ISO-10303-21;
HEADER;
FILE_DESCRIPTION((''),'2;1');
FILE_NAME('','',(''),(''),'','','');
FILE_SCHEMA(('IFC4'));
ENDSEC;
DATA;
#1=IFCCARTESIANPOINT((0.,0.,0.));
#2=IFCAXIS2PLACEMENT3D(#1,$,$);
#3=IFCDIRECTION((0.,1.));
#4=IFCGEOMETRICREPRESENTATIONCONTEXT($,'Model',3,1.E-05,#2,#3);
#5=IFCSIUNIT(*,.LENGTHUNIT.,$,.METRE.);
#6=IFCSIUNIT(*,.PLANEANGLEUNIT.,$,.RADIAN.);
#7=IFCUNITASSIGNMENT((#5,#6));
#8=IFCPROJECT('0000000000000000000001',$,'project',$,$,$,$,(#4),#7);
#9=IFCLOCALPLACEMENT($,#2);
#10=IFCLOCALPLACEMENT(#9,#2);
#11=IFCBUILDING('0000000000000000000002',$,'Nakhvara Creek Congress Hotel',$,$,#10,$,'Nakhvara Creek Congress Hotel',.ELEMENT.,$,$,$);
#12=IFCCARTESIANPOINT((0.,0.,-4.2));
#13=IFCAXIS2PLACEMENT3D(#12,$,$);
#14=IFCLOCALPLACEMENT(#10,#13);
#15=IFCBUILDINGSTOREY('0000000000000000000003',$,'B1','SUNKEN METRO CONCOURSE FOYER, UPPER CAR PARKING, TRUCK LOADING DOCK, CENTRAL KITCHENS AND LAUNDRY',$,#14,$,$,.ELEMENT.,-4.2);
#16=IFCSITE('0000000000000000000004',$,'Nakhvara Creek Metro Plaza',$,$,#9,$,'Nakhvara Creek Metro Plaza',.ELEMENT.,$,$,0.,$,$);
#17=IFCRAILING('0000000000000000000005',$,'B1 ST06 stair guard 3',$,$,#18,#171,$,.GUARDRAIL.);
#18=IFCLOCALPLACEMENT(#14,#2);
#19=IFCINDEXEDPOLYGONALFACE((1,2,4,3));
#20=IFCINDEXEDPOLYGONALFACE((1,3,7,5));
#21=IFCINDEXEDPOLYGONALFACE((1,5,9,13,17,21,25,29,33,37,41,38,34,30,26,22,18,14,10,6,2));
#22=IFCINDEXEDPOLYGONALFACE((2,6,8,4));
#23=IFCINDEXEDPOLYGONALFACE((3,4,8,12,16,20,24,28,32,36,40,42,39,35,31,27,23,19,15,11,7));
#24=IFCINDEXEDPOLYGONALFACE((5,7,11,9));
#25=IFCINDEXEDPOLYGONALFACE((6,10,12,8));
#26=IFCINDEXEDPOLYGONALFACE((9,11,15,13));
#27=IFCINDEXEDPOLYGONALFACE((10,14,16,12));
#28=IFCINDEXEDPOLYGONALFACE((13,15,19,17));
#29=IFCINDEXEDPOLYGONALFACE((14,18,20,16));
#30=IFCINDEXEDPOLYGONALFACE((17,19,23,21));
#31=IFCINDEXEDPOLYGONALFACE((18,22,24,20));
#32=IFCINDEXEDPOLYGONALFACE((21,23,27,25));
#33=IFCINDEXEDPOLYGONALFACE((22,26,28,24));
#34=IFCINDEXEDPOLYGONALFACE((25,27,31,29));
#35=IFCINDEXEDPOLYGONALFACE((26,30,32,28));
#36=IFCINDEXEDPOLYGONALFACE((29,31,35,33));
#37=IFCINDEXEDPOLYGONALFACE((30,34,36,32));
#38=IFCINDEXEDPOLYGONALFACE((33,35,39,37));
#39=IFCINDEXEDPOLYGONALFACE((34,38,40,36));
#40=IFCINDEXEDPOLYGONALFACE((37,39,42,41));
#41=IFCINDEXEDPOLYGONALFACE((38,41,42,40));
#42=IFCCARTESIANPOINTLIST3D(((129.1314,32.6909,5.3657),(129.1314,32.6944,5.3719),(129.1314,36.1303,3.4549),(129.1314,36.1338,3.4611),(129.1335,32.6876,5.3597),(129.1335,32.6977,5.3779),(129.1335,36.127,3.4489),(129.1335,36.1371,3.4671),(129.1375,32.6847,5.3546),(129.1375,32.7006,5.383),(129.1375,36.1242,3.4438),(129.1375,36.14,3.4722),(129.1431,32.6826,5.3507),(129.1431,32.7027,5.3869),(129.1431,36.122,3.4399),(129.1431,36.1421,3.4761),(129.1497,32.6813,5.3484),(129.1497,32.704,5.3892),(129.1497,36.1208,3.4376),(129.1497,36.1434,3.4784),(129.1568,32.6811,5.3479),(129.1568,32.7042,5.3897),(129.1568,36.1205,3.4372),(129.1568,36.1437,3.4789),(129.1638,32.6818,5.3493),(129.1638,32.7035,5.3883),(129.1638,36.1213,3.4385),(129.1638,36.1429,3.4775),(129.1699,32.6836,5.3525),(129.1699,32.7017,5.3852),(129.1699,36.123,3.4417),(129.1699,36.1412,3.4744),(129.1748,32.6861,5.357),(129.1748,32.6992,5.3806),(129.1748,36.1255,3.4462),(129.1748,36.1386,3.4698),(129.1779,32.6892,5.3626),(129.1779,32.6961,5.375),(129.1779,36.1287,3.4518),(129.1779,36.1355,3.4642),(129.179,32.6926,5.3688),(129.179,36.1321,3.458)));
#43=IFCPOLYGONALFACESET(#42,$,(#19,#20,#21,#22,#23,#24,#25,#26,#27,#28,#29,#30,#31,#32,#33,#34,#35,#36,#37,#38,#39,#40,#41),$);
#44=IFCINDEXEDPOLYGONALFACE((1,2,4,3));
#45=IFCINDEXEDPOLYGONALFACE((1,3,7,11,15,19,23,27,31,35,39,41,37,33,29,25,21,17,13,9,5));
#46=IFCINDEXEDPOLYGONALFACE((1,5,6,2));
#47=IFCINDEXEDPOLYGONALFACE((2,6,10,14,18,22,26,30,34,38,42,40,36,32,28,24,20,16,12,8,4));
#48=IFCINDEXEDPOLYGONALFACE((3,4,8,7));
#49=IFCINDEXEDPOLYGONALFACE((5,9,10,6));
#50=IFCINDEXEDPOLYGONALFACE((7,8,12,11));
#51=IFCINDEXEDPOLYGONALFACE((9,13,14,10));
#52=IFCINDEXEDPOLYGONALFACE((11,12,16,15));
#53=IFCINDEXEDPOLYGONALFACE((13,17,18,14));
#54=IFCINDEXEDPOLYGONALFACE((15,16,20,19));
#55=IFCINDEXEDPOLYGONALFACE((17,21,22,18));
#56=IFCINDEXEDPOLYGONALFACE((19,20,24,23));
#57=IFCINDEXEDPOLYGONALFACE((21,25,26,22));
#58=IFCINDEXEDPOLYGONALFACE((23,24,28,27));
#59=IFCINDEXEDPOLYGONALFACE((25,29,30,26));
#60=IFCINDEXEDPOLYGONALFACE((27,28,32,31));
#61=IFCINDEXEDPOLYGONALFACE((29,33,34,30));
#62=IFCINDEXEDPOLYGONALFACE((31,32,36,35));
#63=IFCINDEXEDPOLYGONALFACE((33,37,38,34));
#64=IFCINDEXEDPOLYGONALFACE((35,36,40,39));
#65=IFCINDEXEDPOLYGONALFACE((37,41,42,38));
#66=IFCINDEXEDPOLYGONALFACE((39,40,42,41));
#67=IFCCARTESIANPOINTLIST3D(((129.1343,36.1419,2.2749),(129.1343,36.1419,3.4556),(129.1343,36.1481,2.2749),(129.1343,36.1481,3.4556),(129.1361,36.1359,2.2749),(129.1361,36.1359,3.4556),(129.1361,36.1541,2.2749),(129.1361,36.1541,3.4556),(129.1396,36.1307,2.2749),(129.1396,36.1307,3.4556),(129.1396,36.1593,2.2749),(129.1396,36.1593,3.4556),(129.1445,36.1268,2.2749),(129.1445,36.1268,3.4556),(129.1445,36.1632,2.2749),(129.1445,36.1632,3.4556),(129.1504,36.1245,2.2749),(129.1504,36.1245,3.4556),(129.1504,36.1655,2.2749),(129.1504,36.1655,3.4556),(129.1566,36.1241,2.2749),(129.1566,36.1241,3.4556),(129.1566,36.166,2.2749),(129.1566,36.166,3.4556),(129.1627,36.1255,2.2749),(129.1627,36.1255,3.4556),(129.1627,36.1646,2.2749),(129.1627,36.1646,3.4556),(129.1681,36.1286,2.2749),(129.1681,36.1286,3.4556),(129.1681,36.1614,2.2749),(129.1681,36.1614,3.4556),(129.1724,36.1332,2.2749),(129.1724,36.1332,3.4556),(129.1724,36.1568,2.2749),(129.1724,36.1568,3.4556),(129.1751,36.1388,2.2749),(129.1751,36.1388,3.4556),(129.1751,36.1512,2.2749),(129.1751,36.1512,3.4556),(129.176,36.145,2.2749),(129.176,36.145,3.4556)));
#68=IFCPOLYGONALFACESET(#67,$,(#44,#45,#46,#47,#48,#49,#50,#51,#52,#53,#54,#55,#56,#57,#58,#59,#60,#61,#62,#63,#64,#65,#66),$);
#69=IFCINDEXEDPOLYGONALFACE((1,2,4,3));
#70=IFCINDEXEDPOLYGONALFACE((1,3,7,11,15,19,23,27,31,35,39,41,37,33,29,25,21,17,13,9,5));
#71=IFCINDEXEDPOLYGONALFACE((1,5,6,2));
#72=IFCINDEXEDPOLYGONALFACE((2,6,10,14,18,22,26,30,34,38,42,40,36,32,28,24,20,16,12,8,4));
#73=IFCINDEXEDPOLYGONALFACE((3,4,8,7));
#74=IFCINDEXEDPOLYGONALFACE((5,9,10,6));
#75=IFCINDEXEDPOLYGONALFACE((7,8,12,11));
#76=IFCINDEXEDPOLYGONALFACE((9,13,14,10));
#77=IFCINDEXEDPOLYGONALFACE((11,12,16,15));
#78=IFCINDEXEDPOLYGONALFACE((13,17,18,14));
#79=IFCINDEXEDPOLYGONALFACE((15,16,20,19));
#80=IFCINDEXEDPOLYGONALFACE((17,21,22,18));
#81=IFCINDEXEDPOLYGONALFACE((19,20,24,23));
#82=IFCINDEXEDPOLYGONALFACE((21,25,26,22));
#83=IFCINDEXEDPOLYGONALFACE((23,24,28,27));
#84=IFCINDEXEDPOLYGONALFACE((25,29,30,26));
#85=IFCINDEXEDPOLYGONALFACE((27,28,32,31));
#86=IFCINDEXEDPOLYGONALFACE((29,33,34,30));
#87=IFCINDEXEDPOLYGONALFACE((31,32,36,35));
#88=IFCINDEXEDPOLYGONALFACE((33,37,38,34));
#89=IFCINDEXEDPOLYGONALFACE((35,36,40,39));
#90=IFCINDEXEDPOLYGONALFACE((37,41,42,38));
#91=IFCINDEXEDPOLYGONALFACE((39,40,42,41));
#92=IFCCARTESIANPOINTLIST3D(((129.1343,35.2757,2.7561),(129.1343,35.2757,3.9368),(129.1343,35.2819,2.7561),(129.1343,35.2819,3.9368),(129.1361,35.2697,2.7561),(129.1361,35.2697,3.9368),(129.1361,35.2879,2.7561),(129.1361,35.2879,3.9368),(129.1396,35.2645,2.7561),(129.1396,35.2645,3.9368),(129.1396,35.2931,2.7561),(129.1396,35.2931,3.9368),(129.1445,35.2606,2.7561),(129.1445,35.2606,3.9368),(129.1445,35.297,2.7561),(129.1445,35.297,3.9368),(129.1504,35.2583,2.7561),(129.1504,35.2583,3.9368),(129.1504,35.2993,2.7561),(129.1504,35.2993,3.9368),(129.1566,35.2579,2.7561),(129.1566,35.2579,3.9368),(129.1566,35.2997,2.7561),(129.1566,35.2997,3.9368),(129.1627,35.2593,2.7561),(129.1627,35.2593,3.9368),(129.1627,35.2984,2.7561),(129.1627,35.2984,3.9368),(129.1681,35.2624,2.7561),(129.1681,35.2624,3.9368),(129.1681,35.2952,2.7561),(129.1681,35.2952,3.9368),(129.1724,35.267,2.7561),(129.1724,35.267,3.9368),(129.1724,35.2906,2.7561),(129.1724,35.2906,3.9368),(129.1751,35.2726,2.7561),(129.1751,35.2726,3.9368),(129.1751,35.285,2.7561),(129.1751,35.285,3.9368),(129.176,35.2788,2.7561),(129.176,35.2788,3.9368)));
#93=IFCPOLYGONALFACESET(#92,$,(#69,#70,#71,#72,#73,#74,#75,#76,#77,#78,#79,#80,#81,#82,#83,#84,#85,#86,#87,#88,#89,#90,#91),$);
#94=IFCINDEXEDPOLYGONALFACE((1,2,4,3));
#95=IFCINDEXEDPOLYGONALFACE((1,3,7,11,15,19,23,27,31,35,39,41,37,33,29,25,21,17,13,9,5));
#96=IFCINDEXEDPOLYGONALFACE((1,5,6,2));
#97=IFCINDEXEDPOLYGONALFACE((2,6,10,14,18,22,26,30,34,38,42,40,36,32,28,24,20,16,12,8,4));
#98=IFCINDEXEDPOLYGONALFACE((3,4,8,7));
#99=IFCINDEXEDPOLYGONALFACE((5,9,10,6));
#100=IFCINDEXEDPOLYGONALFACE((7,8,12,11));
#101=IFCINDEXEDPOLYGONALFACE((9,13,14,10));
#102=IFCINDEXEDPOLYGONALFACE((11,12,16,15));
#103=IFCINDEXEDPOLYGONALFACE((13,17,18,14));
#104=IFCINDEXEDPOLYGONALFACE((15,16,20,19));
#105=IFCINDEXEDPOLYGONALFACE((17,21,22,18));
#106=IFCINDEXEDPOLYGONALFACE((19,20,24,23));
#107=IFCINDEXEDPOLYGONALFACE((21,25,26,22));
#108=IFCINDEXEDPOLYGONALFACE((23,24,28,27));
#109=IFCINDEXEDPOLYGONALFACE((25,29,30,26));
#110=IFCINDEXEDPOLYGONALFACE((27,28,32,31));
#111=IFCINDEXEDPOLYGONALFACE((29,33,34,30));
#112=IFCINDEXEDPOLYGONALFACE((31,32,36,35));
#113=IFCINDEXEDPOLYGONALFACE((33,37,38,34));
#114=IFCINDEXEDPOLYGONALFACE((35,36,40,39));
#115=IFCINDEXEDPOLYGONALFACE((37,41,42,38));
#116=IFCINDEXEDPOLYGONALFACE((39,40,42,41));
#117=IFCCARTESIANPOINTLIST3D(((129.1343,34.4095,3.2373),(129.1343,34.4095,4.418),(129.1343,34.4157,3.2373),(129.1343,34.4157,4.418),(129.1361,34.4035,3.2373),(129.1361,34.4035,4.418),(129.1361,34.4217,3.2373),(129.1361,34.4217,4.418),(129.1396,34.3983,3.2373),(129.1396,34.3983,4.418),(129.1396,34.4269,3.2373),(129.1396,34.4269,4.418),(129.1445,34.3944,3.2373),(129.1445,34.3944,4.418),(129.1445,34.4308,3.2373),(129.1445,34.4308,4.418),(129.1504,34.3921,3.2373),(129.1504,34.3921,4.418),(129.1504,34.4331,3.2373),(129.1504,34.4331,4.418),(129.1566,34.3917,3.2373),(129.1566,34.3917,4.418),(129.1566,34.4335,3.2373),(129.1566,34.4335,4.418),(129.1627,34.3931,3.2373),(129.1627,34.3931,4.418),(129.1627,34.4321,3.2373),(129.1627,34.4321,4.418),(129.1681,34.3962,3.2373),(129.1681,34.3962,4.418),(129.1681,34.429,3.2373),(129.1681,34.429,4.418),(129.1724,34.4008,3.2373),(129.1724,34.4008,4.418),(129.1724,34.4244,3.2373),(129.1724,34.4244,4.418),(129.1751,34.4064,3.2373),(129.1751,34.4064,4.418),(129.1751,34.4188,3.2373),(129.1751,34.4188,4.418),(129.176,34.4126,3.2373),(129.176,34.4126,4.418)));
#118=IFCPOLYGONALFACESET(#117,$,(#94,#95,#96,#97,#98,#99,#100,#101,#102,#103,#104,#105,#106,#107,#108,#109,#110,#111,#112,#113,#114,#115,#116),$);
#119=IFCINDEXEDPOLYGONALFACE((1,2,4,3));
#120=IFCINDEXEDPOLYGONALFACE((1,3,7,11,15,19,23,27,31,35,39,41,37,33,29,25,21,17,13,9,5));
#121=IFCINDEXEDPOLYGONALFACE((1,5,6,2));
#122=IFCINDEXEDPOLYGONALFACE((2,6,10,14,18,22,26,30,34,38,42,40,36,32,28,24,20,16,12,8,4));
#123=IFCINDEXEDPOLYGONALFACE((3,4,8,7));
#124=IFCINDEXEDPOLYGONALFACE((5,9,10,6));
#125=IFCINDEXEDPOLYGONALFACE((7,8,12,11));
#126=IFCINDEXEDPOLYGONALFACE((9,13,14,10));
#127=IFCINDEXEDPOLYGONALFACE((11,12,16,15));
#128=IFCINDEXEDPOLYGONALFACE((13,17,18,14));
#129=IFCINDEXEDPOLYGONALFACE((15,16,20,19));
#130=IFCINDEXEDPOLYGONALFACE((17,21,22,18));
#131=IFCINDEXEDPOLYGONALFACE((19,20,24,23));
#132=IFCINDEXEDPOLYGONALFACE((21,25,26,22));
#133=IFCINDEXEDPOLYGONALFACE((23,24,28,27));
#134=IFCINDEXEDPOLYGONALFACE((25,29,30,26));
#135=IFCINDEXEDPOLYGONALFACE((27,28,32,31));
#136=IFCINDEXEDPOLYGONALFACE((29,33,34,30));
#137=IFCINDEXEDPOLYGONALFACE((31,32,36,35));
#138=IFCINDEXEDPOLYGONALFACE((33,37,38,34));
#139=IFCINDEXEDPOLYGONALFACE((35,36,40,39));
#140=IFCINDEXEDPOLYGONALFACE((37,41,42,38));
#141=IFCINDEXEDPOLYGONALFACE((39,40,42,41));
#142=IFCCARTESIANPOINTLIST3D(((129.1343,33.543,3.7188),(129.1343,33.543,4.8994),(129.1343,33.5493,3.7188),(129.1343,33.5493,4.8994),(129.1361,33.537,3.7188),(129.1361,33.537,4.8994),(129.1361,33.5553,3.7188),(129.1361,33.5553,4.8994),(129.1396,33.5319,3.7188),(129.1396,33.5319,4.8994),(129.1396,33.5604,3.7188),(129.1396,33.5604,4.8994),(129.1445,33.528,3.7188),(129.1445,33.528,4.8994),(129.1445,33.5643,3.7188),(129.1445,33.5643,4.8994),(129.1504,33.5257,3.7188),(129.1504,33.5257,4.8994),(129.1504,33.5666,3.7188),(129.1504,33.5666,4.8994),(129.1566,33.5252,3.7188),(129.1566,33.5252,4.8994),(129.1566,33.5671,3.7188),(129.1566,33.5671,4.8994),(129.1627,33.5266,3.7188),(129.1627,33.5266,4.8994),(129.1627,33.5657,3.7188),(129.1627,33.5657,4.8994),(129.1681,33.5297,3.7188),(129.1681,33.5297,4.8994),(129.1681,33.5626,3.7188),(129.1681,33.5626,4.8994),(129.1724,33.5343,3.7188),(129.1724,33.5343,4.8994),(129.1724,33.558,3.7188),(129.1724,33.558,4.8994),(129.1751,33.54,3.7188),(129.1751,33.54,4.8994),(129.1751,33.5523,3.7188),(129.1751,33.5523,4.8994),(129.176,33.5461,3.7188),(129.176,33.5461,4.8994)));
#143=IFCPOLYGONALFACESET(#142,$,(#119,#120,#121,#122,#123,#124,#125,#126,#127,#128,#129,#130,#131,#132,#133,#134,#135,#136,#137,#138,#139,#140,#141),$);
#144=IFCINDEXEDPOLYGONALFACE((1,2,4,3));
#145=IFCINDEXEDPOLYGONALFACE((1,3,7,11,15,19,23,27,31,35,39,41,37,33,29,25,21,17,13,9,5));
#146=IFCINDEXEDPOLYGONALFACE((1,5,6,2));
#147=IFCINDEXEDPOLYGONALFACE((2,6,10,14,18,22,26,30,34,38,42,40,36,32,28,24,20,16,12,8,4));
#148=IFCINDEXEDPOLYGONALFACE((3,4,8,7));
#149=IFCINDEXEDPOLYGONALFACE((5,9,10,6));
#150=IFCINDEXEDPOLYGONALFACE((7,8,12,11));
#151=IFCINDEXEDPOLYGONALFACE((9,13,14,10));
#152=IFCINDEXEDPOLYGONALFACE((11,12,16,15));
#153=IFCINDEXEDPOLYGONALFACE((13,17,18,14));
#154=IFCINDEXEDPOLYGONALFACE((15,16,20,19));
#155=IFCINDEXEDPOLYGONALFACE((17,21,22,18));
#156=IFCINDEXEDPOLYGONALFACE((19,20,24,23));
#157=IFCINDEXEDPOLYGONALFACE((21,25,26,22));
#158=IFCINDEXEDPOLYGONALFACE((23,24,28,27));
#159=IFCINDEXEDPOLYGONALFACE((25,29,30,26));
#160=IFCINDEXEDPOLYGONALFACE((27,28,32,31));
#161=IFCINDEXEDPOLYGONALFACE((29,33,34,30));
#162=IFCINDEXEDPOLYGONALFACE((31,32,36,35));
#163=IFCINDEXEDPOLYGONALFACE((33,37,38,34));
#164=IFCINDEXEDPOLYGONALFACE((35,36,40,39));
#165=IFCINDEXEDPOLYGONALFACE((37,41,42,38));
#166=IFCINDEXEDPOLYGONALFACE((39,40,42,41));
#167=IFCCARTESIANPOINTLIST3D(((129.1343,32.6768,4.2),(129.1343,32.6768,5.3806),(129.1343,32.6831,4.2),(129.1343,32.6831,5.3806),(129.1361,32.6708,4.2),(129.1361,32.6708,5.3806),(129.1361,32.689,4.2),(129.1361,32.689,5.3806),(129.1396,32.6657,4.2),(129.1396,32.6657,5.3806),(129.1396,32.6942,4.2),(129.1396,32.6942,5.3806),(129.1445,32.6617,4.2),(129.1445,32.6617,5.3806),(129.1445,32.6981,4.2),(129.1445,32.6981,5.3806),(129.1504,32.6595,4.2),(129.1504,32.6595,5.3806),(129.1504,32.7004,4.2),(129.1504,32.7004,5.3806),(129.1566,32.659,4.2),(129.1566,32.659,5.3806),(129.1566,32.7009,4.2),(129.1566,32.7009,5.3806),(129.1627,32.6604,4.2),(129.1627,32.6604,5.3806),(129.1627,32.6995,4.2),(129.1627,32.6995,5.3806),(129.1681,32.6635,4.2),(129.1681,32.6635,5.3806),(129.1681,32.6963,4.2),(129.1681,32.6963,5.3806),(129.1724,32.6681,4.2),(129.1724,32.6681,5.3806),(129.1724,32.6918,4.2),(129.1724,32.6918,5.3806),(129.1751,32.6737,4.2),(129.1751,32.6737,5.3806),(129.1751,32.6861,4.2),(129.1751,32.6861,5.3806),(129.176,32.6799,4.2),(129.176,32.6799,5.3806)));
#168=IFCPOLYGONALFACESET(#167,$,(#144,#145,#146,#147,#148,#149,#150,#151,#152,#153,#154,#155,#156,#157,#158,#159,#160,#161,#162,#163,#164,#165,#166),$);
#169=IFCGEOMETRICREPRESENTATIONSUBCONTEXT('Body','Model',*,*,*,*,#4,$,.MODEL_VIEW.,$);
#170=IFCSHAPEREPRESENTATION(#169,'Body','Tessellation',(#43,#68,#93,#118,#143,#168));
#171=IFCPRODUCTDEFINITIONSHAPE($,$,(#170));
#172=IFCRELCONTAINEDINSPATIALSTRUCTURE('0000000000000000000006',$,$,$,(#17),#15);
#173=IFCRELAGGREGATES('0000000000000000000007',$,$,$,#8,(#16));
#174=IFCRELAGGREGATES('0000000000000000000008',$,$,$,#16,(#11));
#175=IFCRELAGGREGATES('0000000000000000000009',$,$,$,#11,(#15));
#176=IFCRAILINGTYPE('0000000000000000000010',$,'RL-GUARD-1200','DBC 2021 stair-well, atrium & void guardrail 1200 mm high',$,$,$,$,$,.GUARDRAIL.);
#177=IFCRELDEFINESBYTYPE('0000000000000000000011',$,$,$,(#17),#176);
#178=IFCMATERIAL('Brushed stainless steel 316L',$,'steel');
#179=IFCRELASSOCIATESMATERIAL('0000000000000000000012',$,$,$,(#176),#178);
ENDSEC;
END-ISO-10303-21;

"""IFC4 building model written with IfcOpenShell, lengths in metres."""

from ifc_helpers import new_model, si_unit, direction, frame, origin, origin_2d, place, context, subcontext, project, spatial, circle, extrude, material, type_object, element, save


model = new_model("IFC4")

# Units and contexts
model_context = context("Model", 3, precision=1e-05, world=origin(), true_north=direction((0.0, 1.0)))
body_context = subcontext(model_context, "Body", "Model", "MODEL_VIEW")
ifc_project = project(units=[si_unit("LENGTHUNIT", "METRE"), si_unit("PLANEANGLEUNIT", "RADIAN")], contexts=[model_context])

# Site, building, storey
site_placement = place(None, origin())
site = spatial("IfcSite", under=ifc_project, at=site_placement, Name="Nakhvara Creek Metro Plaza", LongName="Nakhvara Creek Metro Plaza", CompositionType="ELEMENT", RefElevation=0.0)
building_placement = place(site_placement, origin())
building = spatial("IfcBuilding", under=site, at=building_placement, Name="Nakhvara Creek Congress Hotel", LongName="Nakhvara Creek Congress Hotel", CompositionType="ELEMENT")
storey_placement = place(building_placement, frame((0.0, 0.0, -4.2)))
storey = spatial("IfcBuildingStorey", under=building, at=storey_placement, Name="B1", Description="SUNKEN METRO CONCOURSE FOYER, UPPER CAR PARKING, TRUCK LOADING DOCK, CENTRAL KITCHENS AND LAUNDRY", CompositionType="ELEMENT", Elevation=-4.2)

# Railing
ifc_material_1 = material(Name="Brushed stainless steel 316L", Category="steel")
railing_type_1 = type_object("IfcRailingType", Name="RL-GUARD-1200", Description="DBC 2021 stair-well, atrium & void guardrail 1200 mm high", PredefinedType="GUARDRAIL", material=ifc_material_1)
railing_1_placement = place(storey_placement, frame((129.155, 36.145, 2.2749)))
element("IfcRailing", 1, at=railing_1_placement, inside=storey, type_object=railing_type_1, Name="B1 ST06 stair guard 3", PredefinedType="GUARDRAIL", context=body_context, shape_type="SweptSolid", body=[
    extrude(circle(Radius=0.0239, at=origin_2d()), frame((0.0, -0.0129, 1.1831), z_axis=(0.0, -0.874157, 0.485643), x_axis=(1.0, 0.0, 0.0)), (0.0, 0.0, 1.0), 3.9346),
    extrude(circle(Radius=0.021, at=origin_2d()), origin(), (0.0, 0.0, 1.0), 1.1807),
    extrude(circle(Radius=0.021, at=origin_2d()), frame((0.0, -0.8662, 0.4812)), (0.0, 0.0, 1.0), 1.1807),
    extrude(circle(Radius=0.021, at=origin_2d()), frame((0.0, -1.7324, 0.9624)), (0.0, 0.0, 1.0), 1.1807),
    extrude(circle(Radius=0.021, at=origin_2d()), frame((0.0, -2.5989, 1.4438)), (0.0, 0.0, 1.0), 1.1807),
    extrude(circle(Radius=0.021, at=origin_2d()), frame((0.0, -3.4651, 1.925)), (0.0, 0.0, 1.0), 1.1807),
])

save(model, "model.ifc")
